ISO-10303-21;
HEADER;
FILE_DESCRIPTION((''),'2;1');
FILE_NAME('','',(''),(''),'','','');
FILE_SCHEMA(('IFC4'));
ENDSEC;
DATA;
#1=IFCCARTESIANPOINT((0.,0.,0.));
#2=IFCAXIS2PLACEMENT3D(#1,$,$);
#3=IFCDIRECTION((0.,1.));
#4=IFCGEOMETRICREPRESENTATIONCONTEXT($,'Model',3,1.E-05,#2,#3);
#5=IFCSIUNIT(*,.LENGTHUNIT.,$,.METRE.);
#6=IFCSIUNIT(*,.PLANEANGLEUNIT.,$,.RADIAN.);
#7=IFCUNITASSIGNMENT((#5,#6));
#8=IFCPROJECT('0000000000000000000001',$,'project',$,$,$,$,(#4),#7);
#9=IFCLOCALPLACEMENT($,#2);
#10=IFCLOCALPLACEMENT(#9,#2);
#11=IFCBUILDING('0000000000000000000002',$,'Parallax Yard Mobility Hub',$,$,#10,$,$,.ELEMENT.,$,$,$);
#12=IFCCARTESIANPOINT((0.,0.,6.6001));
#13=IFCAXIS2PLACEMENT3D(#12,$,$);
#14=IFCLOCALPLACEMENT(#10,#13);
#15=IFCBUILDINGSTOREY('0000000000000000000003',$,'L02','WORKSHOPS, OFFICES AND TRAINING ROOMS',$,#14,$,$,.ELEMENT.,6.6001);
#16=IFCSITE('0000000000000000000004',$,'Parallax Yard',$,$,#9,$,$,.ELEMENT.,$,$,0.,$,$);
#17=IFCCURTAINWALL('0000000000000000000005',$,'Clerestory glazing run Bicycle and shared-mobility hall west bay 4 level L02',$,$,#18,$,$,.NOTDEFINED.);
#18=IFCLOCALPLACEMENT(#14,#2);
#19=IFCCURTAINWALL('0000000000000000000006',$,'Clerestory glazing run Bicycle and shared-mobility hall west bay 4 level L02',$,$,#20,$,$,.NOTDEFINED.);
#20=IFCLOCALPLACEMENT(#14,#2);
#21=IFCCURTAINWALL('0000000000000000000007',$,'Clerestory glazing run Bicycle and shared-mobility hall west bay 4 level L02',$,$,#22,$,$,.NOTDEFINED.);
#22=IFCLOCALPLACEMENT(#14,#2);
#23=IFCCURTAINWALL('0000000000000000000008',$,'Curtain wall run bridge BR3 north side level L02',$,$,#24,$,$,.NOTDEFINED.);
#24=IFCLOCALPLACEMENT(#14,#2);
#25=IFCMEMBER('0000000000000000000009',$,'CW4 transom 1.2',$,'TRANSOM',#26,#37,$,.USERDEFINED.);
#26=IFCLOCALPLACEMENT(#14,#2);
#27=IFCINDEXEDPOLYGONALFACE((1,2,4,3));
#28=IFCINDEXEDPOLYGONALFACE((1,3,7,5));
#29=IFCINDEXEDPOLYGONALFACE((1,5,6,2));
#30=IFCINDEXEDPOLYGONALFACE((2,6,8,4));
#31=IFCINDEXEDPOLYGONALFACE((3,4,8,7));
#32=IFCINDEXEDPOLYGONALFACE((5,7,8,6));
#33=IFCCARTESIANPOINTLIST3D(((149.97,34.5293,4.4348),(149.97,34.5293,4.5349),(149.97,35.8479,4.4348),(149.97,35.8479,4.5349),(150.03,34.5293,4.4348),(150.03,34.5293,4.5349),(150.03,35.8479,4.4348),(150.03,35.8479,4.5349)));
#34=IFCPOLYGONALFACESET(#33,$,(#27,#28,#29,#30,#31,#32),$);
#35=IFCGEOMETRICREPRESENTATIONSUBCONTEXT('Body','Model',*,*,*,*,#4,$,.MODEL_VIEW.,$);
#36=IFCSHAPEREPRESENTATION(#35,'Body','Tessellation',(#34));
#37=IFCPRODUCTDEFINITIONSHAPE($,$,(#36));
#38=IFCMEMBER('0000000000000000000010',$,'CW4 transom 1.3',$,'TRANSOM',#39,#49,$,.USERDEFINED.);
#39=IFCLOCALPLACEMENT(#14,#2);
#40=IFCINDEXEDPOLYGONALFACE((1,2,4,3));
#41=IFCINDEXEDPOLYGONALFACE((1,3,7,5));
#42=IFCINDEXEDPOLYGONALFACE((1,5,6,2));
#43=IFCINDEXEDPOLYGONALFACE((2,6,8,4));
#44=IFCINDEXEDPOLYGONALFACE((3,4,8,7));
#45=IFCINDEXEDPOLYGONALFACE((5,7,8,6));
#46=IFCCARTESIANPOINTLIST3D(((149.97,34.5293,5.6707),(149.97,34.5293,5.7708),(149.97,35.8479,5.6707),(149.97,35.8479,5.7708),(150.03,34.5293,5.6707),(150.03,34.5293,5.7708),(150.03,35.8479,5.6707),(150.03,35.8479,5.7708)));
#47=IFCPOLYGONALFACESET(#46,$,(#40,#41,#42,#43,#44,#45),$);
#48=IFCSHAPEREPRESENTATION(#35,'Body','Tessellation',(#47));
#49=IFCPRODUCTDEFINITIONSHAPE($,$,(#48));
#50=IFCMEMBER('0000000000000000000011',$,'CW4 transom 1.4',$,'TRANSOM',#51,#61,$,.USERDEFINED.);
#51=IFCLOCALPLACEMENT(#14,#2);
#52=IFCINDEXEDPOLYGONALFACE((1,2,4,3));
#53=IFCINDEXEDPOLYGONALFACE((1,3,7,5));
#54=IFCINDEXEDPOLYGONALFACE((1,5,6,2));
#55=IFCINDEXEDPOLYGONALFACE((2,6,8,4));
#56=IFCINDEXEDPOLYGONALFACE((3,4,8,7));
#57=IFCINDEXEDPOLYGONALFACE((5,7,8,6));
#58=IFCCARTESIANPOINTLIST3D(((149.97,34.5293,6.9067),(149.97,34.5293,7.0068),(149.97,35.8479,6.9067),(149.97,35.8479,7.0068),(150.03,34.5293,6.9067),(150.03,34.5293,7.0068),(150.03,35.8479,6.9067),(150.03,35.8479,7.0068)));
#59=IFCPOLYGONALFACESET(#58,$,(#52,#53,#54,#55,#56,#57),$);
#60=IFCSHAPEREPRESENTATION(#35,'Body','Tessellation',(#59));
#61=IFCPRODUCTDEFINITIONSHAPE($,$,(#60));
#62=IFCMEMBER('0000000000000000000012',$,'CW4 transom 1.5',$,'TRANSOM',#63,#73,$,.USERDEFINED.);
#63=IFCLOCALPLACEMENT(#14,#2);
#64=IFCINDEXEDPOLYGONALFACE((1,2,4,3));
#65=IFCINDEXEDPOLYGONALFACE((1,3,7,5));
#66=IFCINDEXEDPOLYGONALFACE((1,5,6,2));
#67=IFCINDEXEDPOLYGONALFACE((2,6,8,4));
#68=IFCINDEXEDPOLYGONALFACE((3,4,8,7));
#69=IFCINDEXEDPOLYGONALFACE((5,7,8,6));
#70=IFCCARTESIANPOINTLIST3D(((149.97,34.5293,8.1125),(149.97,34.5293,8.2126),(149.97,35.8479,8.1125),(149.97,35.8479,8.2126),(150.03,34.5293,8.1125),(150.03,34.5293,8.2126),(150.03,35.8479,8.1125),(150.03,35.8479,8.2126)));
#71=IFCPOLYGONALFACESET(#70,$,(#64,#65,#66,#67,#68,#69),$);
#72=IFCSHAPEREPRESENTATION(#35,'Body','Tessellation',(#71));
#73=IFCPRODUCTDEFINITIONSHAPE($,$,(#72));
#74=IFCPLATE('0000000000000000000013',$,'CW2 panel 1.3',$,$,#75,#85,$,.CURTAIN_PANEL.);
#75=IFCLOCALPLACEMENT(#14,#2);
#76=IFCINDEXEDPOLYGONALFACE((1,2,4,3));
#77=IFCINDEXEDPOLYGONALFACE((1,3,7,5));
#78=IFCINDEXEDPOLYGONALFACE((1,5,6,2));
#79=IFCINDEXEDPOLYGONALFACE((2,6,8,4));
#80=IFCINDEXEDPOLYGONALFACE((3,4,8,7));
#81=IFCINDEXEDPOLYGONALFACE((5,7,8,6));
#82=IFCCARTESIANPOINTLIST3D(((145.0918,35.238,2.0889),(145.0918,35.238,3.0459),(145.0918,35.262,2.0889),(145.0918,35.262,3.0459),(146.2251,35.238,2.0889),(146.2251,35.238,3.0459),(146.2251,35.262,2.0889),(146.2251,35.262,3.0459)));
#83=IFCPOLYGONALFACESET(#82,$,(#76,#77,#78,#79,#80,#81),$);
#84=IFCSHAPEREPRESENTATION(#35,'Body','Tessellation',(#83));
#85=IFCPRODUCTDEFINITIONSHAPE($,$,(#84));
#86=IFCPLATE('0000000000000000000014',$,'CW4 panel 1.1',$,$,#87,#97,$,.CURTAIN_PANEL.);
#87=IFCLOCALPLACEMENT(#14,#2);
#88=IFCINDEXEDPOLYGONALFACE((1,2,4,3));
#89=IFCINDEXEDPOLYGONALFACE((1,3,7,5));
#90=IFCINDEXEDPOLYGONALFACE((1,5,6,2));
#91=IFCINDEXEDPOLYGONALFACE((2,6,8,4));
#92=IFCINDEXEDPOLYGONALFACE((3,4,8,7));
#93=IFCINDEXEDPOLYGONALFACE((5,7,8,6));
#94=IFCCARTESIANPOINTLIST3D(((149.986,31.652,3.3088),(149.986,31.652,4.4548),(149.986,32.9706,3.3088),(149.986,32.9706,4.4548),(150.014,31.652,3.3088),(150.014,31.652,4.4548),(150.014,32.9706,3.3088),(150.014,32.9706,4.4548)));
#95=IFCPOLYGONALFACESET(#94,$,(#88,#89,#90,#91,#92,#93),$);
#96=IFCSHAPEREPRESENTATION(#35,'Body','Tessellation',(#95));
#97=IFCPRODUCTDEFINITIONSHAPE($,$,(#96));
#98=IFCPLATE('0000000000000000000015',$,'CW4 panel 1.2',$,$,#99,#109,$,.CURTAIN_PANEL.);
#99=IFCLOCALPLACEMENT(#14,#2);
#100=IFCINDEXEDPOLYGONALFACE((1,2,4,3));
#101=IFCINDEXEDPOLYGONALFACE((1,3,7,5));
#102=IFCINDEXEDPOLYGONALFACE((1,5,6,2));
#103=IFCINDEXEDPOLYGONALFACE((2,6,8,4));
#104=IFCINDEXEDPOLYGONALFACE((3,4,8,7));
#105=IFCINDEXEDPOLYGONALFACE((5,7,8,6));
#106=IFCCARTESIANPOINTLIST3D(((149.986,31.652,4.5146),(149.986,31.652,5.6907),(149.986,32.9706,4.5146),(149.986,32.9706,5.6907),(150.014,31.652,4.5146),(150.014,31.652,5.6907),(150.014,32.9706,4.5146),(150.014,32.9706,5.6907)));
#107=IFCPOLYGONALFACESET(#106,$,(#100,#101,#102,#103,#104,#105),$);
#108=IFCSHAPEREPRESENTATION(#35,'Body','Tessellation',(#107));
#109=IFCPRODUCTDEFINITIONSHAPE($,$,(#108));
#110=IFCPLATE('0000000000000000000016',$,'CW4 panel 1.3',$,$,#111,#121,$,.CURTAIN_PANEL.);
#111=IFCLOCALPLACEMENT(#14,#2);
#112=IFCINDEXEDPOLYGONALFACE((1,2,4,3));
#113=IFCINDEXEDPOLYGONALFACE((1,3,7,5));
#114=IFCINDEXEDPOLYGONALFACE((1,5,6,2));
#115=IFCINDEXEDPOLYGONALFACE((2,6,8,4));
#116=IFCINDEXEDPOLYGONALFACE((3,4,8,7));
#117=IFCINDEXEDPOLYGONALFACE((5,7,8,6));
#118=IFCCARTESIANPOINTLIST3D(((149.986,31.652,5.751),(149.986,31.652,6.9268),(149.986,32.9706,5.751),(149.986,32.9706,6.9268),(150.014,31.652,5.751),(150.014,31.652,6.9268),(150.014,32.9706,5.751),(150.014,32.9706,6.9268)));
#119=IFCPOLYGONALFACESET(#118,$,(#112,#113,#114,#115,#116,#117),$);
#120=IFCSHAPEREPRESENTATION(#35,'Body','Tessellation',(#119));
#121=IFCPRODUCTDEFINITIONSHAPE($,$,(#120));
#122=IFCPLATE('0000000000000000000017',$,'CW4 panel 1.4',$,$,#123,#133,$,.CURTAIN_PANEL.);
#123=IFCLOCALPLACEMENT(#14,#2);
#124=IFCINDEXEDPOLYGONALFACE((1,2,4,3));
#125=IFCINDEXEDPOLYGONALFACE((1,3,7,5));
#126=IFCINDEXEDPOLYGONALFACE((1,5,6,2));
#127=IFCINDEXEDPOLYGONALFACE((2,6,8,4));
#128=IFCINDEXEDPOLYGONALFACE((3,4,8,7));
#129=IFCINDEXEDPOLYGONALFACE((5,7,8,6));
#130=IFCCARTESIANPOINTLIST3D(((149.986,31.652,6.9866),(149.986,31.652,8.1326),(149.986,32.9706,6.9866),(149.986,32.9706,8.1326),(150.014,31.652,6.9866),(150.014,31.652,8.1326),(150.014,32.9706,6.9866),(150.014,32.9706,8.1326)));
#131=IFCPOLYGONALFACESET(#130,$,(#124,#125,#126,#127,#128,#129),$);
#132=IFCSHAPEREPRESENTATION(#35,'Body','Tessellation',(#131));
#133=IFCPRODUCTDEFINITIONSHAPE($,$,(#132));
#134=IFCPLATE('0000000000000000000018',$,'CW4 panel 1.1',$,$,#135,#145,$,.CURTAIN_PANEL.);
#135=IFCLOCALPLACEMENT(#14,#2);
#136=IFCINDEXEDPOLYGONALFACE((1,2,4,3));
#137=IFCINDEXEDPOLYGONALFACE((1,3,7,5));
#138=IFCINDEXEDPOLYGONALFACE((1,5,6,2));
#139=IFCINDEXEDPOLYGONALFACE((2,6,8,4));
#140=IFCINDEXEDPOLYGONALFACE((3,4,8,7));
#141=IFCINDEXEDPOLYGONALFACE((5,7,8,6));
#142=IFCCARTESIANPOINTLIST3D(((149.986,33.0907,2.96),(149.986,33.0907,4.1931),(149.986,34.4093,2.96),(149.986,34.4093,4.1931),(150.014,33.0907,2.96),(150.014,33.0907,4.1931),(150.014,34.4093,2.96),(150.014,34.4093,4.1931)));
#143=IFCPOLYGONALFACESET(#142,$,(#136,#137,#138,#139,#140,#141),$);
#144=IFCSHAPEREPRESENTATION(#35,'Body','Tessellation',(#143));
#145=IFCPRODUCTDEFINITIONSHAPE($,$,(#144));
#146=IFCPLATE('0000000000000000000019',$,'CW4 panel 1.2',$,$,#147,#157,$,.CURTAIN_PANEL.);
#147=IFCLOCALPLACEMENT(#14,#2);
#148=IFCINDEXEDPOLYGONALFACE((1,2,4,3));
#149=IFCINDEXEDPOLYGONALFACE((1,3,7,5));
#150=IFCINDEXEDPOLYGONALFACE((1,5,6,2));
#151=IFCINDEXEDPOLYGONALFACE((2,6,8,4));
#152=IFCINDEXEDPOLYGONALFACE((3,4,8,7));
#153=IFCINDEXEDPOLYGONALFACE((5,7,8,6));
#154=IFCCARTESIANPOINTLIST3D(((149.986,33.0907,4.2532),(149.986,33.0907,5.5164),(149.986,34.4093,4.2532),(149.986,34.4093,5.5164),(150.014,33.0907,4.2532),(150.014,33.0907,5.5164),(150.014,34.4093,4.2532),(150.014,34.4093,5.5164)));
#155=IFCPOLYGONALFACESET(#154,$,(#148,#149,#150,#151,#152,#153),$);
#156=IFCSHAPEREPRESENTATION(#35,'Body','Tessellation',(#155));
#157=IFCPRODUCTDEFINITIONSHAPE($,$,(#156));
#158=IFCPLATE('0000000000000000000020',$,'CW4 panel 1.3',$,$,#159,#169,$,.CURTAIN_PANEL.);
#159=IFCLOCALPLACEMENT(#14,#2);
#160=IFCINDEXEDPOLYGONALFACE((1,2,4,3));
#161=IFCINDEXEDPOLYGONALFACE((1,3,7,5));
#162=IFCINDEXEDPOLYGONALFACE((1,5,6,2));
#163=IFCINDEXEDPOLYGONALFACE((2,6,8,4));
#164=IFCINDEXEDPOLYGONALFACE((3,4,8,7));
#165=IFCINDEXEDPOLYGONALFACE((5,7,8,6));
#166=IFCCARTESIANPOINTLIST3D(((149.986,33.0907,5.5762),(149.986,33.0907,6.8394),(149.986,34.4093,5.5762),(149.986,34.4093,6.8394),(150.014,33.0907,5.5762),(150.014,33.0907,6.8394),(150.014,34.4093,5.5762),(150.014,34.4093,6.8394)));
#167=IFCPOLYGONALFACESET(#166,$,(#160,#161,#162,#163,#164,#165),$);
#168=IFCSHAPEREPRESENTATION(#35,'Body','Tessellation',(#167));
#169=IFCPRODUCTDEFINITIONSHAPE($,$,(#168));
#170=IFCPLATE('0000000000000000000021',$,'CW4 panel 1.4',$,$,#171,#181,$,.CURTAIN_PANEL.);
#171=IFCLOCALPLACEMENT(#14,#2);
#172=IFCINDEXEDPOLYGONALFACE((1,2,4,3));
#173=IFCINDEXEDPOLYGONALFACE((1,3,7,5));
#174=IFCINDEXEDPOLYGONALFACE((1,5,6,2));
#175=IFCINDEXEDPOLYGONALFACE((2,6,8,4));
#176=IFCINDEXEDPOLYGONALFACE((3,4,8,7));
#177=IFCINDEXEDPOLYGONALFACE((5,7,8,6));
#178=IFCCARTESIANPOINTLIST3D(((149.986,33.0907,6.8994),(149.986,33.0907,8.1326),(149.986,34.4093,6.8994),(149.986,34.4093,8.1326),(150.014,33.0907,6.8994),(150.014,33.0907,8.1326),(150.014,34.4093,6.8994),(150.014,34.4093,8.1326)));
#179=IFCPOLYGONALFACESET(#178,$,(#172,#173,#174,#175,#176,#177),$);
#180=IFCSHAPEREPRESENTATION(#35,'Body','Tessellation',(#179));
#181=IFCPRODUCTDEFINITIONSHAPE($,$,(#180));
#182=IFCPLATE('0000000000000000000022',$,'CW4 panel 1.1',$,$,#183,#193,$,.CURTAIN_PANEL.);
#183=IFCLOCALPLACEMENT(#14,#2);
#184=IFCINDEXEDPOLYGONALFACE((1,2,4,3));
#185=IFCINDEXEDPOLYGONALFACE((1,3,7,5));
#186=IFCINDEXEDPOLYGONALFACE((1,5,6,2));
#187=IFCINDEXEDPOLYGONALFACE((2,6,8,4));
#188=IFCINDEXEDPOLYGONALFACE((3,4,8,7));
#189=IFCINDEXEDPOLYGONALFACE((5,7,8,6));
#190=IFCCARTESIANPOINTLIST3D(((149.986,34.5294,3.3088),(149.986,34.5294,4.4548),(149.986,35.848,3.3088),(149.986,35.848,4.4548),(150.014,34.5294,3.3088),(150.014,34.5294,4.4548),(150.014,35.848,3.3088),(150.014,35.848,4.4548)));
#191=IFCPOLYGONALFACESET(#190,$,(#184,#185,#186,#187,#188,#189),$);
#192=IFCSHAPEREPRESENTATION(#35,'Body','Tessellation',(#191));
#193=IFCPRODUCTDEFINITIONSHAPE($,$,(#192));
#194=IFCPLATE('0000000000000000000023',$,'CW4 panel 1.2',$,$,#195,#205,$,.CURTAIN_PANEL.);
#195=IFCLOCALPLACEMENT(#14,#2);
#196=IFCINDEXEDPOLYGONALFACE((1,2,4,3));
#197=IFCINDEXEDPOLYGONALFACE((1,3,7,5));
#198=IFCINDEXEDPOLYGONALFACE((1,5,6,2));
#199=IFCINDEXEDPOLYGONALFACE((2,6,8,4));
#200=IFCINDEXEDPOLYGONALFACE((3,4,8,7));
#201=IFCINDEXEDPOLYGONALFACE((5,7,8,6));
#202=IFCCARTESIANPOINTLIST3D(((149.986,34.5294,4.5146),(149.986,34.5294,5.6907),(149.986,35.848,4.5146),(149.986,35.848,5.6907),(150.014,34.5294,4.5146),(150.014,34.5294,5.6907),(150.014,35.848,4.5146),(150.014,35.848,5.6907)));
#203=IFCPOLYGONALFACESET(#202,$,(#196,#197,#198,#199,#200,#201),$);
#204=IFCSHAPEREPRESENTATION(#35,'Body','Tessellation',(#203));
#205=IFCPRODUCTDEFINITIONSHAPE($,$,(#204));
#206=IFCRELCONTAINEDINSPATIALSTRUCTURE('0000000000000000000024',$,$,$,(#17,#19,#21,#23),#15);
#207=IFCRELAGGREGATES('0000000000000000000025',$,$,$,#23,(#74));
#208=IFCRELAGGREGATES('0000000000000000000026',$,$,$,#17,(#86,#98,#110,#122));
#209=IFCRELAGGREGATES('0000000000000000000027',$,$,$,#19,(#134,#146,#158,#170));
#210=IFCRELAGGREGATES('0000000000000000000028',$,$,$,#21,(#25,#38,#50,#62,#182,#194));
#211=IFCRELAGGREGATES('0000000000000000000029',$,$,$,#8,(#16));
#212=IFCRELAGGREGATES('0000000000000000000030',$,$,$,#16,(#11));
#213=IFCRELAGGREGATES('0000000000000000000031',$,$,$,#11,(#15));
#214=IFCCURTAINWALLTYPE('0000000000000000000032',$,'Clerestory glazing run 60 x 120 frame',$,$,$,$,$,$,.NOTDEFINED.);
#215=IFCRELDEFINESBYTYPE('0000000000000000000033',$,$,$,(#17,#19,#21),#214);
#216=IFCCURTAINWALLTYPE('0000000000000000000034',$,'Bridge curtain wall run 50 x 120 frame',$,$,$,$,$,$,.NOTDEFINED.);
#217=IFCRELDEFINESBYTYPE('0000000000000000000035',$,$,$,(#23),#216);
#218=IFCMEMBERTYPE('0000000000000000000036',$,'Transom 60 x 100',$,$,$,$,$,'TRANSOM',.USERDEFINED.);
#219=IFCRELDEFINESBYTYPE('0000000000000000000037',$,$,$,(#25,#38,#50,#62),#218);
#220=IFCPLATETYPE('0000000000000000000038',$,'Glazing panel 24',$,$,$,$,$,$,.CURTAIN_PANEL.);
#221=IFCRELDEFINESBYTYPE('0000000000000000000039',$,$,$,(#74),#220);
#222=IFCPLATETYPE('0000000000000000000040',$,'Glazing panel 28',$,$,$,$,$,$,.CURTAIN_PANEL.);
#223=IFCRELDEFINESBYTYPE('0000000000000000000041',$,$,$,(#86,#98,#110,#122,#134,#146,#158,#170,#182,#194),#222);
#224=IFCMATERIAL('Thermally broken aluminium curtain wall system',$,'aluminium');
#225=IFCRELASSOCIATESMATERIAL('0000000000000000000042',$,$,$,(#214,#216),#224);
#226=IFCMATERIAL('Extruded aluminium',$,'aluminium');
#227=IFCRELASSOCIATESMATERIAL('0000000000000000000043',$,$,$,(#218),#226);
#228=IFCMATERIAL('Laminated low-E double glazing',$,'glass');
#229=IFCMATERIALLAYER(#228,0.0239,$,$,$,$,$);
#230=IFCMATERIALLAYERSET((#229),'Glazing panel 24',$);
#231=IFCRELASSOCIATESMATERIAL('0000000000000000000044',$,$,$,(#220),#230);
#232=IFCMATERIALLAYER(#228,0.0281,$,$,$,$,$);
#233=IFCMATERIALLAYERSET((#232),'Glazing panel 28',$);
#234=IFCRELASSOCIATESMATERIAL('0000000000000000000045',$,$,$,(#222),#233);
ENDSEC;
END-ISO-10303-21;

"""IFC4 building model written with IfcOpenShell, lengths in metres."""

from ifc_helpers import new_model, si_unit, direction, frame, origin, origin_2d, place, context, subcontext, project, spatial, rectangle, extrude, material, layer, layer_set, material_profile, profile_set, type_object, element, aggregate, save


model = new_model("IFC4")

# Units and contexts
model_context = context("Model", 3, precision=1e-05, world=origin(), true_north=direction((0.0, 1.0)))
body_context = subcontext(model_context, "Body", "Model", "MODEL_VIEW")
ifc_project = project(units=[si_unit("LENGTHUNIT", "METRE"), si_unit("PLANEANGLEUNIT", "RADIAN")], contexts=[model_context])

# Site, building, storey
site_placement = place(None, origin())
site = spatial("IfcSite", under=ifc_project, at=site_placement, Name="Parallax Yard", CompositionType="ELEMENT", RefElevation=0.0)
building_placement = place(site_placement, origin())
building = spatial("IfcBuilding", under=site, at=building_placement, Name="Parallax Yard Mobility Hub", CompositionType="ELEMENT")
storey_placement = place(building_placement, frame((0.0, 0.0, 6.6001)))
storey = spatial("IfcBuildingStorey", under=building, at=storey_placement, Name="L02", Description="WORKSHOPS, OFFICES AND TRAINING ROOMS", CompositionType="ELEMENT", Elevation=6.6001)

# Curtain wall
ifc_material_1 = material(Name="Thermally broken aluminium curtain wall system", Category="aluminium")
curtain_wall_type_1 = type_object("IfcCurtainWallType", Name="Clerestory glazing run 60 x 120 frame", PredefinedType="NOTDEFINED", material=ifc_material_1)
curtain_wall_1_placement = place(storey_placement, origin())
curtain_wall_1 = element("IfcCurtainWall", 1, at=curtain_wall_1_placement, inside=storey, type_object=curtain_wall_type_1, Name="Clerestory glazing run Bicycle and shared-mobility hall west bay 4 level L02", PredefinedType="NOTDEFINED")
ifc_material_2 = material(Name="Extruded aluminium", Category="aluminium")

# Curtain wall
curtain_wall_2_placement = place(storey_placement, origin())
curtain_wall_2 = element("IfcCurtainWall", 2, at=curtain_wall_2_placement, inside=storey, type_object=curtain_wall_type_1, Name="Clerestory glazing run Bicycle and shared-mobility hall west bay 4 level L02", PredefinedType="NOTDEFINED")

# Curtain wall
curtain_wall_3_placement = place(storey_placement, origin())
curtain_wall_3 = element("IfcCurtainWall", 3, at=curtain_wall_3_placement, inside=storey, type_object=curtain_wall_type_1, Name="Clerestory glazing run Bicycle and shared-mobility hall west bay 4 level L02", PredefinedType="NOTDEFINED")
curtain_wall_type_2 = type_object("IfcCurtainWallType", Name="Bridge curtain wall run 50 x 120 frame", PredefinedType="NOTDEFINED", material=ifc_material_1)

# Curtain wall
curtain_wall_4_placement = place(storey_placement, origin())
curtain_wall_4 = element("IfcCurtainWall", 4, at=curtain_wall_4_placement, inside=storey, type_object=curtain_wall_type_2, Name="Curtain wall run bridge BR3 north side level L02", PredefinedType="NOTDEFINED")

# Members
ifc_material_profile_1 = material_profile(ifc_material_2, rectangle(XDim=0.0601, YDim=0.1001, at=origin_2d()), Name="Transom 60 x 100")
ifc_profile_set_1 = profile_set([ifc_material_profile_1], Name="Extruded aluminium")
member_type_1 = type_object("IfcMemberType", Name="Transom 60 x 100", ElementType="TRANSOM", PredefinedType="USERDEFINED", material=ifc_profile_set_1)
member_1_placement = place(storey_placement, frame((150.0, 34.5293, 4.4849), z_axis=(0.0, 1.0, 0.0), x_axis=(-1.0, 0.0, 0.0)))
member_1 = element("IfcMember", 5, at=member_1_placement, type_object=member_type_1, Name="CW4 transom 1.2", ObjectType="TRANSOM", PredefinedType="USERDEFINED", context=body_context, shape_type="SweptSolid", body=[
    extrude(rectangle(XDim=0.0601, YDim=0.1001, at=origin_2d()), origin(), (0.0, 0.0, 1.0), 1.3186),
])
member_2_placement = place(storey_placement, frame((150.0, 34.5293, 5.7207), z_axis=(0.0, 1.0, 0.0), x_axis=(-1.0, 0.0, 0.0)))
member_2 = element("IfcMember", 6, at=member_2_placement, type_object=member_type_1, Name="CW4 transom 1.3", ObjectType="TRANSOM", PredefinedType="USERDEFINED", context=body_context, shape_type="SweptSolid", body=[
    extrude(rectangle(XDim=0.0601, YDim=0.1001, at=origin_2d()), origin(), (0.0, 0.0, 1.0), 1.3186),
])
member_3_placement = place(storey_placement, frame((150.0, 34.5293, 6.9568), z_axis=(0.0, 1.0, 0.0), x_axis=(-1.0, 0.0, 0.0)))
member_3 = element("IfcMember", 7, at=member_3_placement, type_object=member_type_1, Name="CW4 transom 1.4", ObjectType="TRANSOM", PredefinedType="USERDEFINED", context=body_context, shape_type="SweptSolid", body=[
    extrude(rectangle(XDim=0.0601, YDim=0.1001, at=origin_2d()), origin(), (0.0, 0.0, 1.0), 1.3186),
])
member_4_placement = place(storey_placement, frame((150.0, 34.5293, 8.1626), z_axis=(0.0, 1.0, 0.0), x_axis=(-1.0, 0.0, 0.0)))
member_4 = element("IfcMember", 8, at=member_4_placement, type_object=member_type_1, Name="CW4 transom 1.5", ObjectType="TRANSOM", PredefinedType="USERDEFINED", context=body_context, shape_type="SweptSolid", body=[
    extrude(rectangle(XDim=0.0601, YDim=0.1001, at=origin_2d()), origin(), (0.0, 0.0, 1.0), 1.3186),
])

# Plates
ifc_material_3 = material(Name="Laminated low-E double glazing", Category="glass")
ifc_layer_1 = layer(ifc_material_3, 0.0239)
ifc_layer_set_1 = layer_set([ifc_layer_1], Name="Glazing panel 24")
plate_type_1 = type_object("IfcPlateType", Name="Glazing panel 24", PredefinedType="CURTAIN_PANEL", material=ifc_layer_set_1)
plate_1_placement = place(storey_placement, frame((145.6584, 35.25, 2.0889), z_axis=(0.0, 0.0, 1.0), x_axis=(1.0, 0.0, 0.0)))
plate_1 = element("IfcPlate", 9, at=plate_1_placement, type_object=plate_type_1, Name="CW2 panel 1.3", PredefinedType="CURTAIN_PANEL", context=body_context, shape_type="SweptSolid", body=[
    extrude(rectangle(XDim=1.1333, YDim=0.0239, at=origin_2d()), origin(), (0.0, 0.0, 1.0), 0.957),
])
aggregate(curtain_wall_4, [plate_1])
ifc_layer_2 = layer(ifc_material_3, 0.0281)
ifc_layer_set_2 = layer_set([ifc_layer_2], Name="Glazing panel 28")
plate_type_2 = type_object("IfcPlateType", Name="Glazing panel 28", PredefinedType="CURTAIN_PANEL", material=ifc_layer_set_2)
plate_2_placement = place(storey_placement, frame((150.0, 32.3113, 3.3088), z_axis=(0.0, 0.0, 1.0), x_axis=(0.0, 1.0, 0.0)))
plate_2 = element("IfcPlate", 10, at=plate_2_placement, type_object=plate_type_2, Name="CW4 panel 1.1", PredefinedType="CURTAIN_PANEL", context=body_context, shape_type="SweptSolid", body=[
    extrude(rectangle(XDim=1.3186, YDim=0.0281, at=origin_2d()), origin(), (0.0, 0.0, 1.0), 1.146),
])
plate_3_placement = place(storey_placement, frame((150.0, 32.3113, 4.5146), z_axis=(0.0, 0.0, 1.0), x_axis=(0.0, 1.0, 0.0)))
plate_3 = element("IfcPlate", 11, at=plate_3_placement, type_object=plate_type_2, Name="CW4 panel 1.2", PredefinedType="CURTAIN_PANEL", context=body_context, shape_type="SweptSolid", body=[
    extrude(rectangle(XDim=1.3186, YDim=0.0281, at=origin_2d()), origin(), (0.0, 0.0, 1.0), 1.176),
])
plate_4_placement = place(storey_placement, frame((150.0, 32.3113, 5.751), z_axis=(0.0, 0.0, 1.0), x_axis=(0.0, 1.0, 0.0)))
plate_4 = element("IfcPlate", 12, at=plate_4_placement, type_object=plate_type_2, Name="CW4 panel 1.3", PredefinedType="CURTAIN_PANEL", context=body_context, shape_type="SweptSolid", body=[
    extrude(rectangle(XDim=1.3186, YDim=0.0281, at=origin_2d()), origin(), (0.0, 0.0, 1.0), 1.1758),
])
plate_5_placement = place(storey_placement, frame((150.0, 32.3113, 6.9866), z_axis=(0.0, 0.0, 1.0), x_axis=(0.0, 1.0, 0.0)))
plate_5 = element("IfcPlate", 13, at=plate_5_placement, type_object=plate_type_2, Name="CW4 panel 1.4", PredefinedType="CURTAIN_PANEL", context=body_context, shape_type="SweptSolid", body=[
    extrude(rectangle(XDim=1.3186, YDim=0.0281, at=origin_2d()), origin(), (0.0, 0.0, 1.0), 1.146),
])
aggregate(curtain_wall_1, [plate_2, plate_3, plate_4, plate_5])
plate_6_placement = place(storey_placement, frame((150.0, 33.75, 2.96), z_axis=(0.0, 0.0, 1.0), x_axis=(0.0, 1.0, 0.0)))
plate_6 = element("IfcPlate", 14, at=plate_6_placement, type_object=plate_type_2, Name="CW4 panel 1.1", PredefinedType="CURTAIN_PANEL", context=body_context, shape_type="SweptSolid", body=[
    extrude(rectangle(XDim=1.3186, YDim=0.0281, at=origin_2d()), origin(), (0.0, 0.0, 1.0), 1.2332),
])
plate_7_placement = place(storey_placement, frame((150.0, 33.75, 4.2532), z_axis=(0.0, 0.0, 1.0), x_axis=(0.0, 1.0, 0.0)))
plate_7 = element("IfcPlate", 15, at=plate_7_placement, type_object=plate_type_2, Name="CW4 panel 1.2", PredefinedType="CURTAIN_PANEL", context=body_context, shape_type="SweptSolid", body=[
    extrude(rectangle(XDim=1.3186, YDim=0.0281, at=origin_2d()), origin(), (0.0, 0.0, 1.0), 1.2632),
])
plate_8_placement = place(storey_placement, frame((150.0, 33.75, 5.5762), z_axis=(0.0, 0.0, 1.0), x_axis=(0.0, 1.0, 0.0)))
plate_8 = element("IfcPlate", 16, at=plate_8_placement, type_object=plate_type_2, Name="CW4 panel 1.3", PredefinedType="CURTAIN_PANEL", context=body_context, shape_type="SweptSolid", body=[
    extrude(rectangle(XDim=1.3186, YDim=0.0281, at=origin_2d()), origin(), (0.0, 0.0, 1.0), 1.2632),
])
plate_9_placement = place(storey_placement, frame((150.0, 33.75, 6.8994), z_axis=(0.0, 0.0, 1.0), x_axis=(0.0, 1.0, 0.0)))
plate_9 = element("IfcPlate", 17, at=plate_9_placement, type_object=plate_type_2, Name="CW4 panel 1.4", PredefinedType="CURTAIN_PANEL", context=body_context, shape_type="SweptSolid", body=[
    extrude(rectangle(XDim=1.3186, YDim=0.0281, at=origin_2d()), origin(), (0.0, 0.0, 1.0), 1.2332),
])
aggregate(curtain_wall_2, [plate_6, plate_7, plate_8, plate_9])
plate_10_placement = place(storey_placement, frame((150.0, 35.1887, 3.3088), z_axis=(0.0, 0.0, 1.0), x_axis=(0.0, 1.0, 0.0)))
plate_10 = element("IfcPlate", 18, at=plate_10_placement, type_object=plate_type_2, Name="CW4 panel 1.1", PredefinedType="CURTAIN_PANEL", context=body_context, shape_type="SweptSolid", body=[
    extrude(rectangle(XDim=1.3186, YDim=0.0281, at=origin_2d()), origin(), (0.0, 0.0, 1.0), 1.146),
])
plate_11_placement = place(storey_placement, frame((150.0, 35.1887, 4.5146), z_axis=(0.0, 0.0, 1.0), x_axis=(0.0, 1.0, 0.0)))
plate_11 = element("IfcPlate", 19, at=plate_11_placement, type_object=plate_type_2, Name="CW4 panel 1.2", PredefinedType="CURTAIN_PANEL", context=body_context, shape_type="SweptSolid", body=[
    extrude(rectangle(XDim=1.3186, YDim=0.0281, at=origin_2d()), origin(), (0.0, 0.0, 1.0), 1.176),
])
aggregate(curtain_wall_3, [member_1, member_2, member_3, member_4, plate_10, plate_11])

save(model, "model.ifc")
